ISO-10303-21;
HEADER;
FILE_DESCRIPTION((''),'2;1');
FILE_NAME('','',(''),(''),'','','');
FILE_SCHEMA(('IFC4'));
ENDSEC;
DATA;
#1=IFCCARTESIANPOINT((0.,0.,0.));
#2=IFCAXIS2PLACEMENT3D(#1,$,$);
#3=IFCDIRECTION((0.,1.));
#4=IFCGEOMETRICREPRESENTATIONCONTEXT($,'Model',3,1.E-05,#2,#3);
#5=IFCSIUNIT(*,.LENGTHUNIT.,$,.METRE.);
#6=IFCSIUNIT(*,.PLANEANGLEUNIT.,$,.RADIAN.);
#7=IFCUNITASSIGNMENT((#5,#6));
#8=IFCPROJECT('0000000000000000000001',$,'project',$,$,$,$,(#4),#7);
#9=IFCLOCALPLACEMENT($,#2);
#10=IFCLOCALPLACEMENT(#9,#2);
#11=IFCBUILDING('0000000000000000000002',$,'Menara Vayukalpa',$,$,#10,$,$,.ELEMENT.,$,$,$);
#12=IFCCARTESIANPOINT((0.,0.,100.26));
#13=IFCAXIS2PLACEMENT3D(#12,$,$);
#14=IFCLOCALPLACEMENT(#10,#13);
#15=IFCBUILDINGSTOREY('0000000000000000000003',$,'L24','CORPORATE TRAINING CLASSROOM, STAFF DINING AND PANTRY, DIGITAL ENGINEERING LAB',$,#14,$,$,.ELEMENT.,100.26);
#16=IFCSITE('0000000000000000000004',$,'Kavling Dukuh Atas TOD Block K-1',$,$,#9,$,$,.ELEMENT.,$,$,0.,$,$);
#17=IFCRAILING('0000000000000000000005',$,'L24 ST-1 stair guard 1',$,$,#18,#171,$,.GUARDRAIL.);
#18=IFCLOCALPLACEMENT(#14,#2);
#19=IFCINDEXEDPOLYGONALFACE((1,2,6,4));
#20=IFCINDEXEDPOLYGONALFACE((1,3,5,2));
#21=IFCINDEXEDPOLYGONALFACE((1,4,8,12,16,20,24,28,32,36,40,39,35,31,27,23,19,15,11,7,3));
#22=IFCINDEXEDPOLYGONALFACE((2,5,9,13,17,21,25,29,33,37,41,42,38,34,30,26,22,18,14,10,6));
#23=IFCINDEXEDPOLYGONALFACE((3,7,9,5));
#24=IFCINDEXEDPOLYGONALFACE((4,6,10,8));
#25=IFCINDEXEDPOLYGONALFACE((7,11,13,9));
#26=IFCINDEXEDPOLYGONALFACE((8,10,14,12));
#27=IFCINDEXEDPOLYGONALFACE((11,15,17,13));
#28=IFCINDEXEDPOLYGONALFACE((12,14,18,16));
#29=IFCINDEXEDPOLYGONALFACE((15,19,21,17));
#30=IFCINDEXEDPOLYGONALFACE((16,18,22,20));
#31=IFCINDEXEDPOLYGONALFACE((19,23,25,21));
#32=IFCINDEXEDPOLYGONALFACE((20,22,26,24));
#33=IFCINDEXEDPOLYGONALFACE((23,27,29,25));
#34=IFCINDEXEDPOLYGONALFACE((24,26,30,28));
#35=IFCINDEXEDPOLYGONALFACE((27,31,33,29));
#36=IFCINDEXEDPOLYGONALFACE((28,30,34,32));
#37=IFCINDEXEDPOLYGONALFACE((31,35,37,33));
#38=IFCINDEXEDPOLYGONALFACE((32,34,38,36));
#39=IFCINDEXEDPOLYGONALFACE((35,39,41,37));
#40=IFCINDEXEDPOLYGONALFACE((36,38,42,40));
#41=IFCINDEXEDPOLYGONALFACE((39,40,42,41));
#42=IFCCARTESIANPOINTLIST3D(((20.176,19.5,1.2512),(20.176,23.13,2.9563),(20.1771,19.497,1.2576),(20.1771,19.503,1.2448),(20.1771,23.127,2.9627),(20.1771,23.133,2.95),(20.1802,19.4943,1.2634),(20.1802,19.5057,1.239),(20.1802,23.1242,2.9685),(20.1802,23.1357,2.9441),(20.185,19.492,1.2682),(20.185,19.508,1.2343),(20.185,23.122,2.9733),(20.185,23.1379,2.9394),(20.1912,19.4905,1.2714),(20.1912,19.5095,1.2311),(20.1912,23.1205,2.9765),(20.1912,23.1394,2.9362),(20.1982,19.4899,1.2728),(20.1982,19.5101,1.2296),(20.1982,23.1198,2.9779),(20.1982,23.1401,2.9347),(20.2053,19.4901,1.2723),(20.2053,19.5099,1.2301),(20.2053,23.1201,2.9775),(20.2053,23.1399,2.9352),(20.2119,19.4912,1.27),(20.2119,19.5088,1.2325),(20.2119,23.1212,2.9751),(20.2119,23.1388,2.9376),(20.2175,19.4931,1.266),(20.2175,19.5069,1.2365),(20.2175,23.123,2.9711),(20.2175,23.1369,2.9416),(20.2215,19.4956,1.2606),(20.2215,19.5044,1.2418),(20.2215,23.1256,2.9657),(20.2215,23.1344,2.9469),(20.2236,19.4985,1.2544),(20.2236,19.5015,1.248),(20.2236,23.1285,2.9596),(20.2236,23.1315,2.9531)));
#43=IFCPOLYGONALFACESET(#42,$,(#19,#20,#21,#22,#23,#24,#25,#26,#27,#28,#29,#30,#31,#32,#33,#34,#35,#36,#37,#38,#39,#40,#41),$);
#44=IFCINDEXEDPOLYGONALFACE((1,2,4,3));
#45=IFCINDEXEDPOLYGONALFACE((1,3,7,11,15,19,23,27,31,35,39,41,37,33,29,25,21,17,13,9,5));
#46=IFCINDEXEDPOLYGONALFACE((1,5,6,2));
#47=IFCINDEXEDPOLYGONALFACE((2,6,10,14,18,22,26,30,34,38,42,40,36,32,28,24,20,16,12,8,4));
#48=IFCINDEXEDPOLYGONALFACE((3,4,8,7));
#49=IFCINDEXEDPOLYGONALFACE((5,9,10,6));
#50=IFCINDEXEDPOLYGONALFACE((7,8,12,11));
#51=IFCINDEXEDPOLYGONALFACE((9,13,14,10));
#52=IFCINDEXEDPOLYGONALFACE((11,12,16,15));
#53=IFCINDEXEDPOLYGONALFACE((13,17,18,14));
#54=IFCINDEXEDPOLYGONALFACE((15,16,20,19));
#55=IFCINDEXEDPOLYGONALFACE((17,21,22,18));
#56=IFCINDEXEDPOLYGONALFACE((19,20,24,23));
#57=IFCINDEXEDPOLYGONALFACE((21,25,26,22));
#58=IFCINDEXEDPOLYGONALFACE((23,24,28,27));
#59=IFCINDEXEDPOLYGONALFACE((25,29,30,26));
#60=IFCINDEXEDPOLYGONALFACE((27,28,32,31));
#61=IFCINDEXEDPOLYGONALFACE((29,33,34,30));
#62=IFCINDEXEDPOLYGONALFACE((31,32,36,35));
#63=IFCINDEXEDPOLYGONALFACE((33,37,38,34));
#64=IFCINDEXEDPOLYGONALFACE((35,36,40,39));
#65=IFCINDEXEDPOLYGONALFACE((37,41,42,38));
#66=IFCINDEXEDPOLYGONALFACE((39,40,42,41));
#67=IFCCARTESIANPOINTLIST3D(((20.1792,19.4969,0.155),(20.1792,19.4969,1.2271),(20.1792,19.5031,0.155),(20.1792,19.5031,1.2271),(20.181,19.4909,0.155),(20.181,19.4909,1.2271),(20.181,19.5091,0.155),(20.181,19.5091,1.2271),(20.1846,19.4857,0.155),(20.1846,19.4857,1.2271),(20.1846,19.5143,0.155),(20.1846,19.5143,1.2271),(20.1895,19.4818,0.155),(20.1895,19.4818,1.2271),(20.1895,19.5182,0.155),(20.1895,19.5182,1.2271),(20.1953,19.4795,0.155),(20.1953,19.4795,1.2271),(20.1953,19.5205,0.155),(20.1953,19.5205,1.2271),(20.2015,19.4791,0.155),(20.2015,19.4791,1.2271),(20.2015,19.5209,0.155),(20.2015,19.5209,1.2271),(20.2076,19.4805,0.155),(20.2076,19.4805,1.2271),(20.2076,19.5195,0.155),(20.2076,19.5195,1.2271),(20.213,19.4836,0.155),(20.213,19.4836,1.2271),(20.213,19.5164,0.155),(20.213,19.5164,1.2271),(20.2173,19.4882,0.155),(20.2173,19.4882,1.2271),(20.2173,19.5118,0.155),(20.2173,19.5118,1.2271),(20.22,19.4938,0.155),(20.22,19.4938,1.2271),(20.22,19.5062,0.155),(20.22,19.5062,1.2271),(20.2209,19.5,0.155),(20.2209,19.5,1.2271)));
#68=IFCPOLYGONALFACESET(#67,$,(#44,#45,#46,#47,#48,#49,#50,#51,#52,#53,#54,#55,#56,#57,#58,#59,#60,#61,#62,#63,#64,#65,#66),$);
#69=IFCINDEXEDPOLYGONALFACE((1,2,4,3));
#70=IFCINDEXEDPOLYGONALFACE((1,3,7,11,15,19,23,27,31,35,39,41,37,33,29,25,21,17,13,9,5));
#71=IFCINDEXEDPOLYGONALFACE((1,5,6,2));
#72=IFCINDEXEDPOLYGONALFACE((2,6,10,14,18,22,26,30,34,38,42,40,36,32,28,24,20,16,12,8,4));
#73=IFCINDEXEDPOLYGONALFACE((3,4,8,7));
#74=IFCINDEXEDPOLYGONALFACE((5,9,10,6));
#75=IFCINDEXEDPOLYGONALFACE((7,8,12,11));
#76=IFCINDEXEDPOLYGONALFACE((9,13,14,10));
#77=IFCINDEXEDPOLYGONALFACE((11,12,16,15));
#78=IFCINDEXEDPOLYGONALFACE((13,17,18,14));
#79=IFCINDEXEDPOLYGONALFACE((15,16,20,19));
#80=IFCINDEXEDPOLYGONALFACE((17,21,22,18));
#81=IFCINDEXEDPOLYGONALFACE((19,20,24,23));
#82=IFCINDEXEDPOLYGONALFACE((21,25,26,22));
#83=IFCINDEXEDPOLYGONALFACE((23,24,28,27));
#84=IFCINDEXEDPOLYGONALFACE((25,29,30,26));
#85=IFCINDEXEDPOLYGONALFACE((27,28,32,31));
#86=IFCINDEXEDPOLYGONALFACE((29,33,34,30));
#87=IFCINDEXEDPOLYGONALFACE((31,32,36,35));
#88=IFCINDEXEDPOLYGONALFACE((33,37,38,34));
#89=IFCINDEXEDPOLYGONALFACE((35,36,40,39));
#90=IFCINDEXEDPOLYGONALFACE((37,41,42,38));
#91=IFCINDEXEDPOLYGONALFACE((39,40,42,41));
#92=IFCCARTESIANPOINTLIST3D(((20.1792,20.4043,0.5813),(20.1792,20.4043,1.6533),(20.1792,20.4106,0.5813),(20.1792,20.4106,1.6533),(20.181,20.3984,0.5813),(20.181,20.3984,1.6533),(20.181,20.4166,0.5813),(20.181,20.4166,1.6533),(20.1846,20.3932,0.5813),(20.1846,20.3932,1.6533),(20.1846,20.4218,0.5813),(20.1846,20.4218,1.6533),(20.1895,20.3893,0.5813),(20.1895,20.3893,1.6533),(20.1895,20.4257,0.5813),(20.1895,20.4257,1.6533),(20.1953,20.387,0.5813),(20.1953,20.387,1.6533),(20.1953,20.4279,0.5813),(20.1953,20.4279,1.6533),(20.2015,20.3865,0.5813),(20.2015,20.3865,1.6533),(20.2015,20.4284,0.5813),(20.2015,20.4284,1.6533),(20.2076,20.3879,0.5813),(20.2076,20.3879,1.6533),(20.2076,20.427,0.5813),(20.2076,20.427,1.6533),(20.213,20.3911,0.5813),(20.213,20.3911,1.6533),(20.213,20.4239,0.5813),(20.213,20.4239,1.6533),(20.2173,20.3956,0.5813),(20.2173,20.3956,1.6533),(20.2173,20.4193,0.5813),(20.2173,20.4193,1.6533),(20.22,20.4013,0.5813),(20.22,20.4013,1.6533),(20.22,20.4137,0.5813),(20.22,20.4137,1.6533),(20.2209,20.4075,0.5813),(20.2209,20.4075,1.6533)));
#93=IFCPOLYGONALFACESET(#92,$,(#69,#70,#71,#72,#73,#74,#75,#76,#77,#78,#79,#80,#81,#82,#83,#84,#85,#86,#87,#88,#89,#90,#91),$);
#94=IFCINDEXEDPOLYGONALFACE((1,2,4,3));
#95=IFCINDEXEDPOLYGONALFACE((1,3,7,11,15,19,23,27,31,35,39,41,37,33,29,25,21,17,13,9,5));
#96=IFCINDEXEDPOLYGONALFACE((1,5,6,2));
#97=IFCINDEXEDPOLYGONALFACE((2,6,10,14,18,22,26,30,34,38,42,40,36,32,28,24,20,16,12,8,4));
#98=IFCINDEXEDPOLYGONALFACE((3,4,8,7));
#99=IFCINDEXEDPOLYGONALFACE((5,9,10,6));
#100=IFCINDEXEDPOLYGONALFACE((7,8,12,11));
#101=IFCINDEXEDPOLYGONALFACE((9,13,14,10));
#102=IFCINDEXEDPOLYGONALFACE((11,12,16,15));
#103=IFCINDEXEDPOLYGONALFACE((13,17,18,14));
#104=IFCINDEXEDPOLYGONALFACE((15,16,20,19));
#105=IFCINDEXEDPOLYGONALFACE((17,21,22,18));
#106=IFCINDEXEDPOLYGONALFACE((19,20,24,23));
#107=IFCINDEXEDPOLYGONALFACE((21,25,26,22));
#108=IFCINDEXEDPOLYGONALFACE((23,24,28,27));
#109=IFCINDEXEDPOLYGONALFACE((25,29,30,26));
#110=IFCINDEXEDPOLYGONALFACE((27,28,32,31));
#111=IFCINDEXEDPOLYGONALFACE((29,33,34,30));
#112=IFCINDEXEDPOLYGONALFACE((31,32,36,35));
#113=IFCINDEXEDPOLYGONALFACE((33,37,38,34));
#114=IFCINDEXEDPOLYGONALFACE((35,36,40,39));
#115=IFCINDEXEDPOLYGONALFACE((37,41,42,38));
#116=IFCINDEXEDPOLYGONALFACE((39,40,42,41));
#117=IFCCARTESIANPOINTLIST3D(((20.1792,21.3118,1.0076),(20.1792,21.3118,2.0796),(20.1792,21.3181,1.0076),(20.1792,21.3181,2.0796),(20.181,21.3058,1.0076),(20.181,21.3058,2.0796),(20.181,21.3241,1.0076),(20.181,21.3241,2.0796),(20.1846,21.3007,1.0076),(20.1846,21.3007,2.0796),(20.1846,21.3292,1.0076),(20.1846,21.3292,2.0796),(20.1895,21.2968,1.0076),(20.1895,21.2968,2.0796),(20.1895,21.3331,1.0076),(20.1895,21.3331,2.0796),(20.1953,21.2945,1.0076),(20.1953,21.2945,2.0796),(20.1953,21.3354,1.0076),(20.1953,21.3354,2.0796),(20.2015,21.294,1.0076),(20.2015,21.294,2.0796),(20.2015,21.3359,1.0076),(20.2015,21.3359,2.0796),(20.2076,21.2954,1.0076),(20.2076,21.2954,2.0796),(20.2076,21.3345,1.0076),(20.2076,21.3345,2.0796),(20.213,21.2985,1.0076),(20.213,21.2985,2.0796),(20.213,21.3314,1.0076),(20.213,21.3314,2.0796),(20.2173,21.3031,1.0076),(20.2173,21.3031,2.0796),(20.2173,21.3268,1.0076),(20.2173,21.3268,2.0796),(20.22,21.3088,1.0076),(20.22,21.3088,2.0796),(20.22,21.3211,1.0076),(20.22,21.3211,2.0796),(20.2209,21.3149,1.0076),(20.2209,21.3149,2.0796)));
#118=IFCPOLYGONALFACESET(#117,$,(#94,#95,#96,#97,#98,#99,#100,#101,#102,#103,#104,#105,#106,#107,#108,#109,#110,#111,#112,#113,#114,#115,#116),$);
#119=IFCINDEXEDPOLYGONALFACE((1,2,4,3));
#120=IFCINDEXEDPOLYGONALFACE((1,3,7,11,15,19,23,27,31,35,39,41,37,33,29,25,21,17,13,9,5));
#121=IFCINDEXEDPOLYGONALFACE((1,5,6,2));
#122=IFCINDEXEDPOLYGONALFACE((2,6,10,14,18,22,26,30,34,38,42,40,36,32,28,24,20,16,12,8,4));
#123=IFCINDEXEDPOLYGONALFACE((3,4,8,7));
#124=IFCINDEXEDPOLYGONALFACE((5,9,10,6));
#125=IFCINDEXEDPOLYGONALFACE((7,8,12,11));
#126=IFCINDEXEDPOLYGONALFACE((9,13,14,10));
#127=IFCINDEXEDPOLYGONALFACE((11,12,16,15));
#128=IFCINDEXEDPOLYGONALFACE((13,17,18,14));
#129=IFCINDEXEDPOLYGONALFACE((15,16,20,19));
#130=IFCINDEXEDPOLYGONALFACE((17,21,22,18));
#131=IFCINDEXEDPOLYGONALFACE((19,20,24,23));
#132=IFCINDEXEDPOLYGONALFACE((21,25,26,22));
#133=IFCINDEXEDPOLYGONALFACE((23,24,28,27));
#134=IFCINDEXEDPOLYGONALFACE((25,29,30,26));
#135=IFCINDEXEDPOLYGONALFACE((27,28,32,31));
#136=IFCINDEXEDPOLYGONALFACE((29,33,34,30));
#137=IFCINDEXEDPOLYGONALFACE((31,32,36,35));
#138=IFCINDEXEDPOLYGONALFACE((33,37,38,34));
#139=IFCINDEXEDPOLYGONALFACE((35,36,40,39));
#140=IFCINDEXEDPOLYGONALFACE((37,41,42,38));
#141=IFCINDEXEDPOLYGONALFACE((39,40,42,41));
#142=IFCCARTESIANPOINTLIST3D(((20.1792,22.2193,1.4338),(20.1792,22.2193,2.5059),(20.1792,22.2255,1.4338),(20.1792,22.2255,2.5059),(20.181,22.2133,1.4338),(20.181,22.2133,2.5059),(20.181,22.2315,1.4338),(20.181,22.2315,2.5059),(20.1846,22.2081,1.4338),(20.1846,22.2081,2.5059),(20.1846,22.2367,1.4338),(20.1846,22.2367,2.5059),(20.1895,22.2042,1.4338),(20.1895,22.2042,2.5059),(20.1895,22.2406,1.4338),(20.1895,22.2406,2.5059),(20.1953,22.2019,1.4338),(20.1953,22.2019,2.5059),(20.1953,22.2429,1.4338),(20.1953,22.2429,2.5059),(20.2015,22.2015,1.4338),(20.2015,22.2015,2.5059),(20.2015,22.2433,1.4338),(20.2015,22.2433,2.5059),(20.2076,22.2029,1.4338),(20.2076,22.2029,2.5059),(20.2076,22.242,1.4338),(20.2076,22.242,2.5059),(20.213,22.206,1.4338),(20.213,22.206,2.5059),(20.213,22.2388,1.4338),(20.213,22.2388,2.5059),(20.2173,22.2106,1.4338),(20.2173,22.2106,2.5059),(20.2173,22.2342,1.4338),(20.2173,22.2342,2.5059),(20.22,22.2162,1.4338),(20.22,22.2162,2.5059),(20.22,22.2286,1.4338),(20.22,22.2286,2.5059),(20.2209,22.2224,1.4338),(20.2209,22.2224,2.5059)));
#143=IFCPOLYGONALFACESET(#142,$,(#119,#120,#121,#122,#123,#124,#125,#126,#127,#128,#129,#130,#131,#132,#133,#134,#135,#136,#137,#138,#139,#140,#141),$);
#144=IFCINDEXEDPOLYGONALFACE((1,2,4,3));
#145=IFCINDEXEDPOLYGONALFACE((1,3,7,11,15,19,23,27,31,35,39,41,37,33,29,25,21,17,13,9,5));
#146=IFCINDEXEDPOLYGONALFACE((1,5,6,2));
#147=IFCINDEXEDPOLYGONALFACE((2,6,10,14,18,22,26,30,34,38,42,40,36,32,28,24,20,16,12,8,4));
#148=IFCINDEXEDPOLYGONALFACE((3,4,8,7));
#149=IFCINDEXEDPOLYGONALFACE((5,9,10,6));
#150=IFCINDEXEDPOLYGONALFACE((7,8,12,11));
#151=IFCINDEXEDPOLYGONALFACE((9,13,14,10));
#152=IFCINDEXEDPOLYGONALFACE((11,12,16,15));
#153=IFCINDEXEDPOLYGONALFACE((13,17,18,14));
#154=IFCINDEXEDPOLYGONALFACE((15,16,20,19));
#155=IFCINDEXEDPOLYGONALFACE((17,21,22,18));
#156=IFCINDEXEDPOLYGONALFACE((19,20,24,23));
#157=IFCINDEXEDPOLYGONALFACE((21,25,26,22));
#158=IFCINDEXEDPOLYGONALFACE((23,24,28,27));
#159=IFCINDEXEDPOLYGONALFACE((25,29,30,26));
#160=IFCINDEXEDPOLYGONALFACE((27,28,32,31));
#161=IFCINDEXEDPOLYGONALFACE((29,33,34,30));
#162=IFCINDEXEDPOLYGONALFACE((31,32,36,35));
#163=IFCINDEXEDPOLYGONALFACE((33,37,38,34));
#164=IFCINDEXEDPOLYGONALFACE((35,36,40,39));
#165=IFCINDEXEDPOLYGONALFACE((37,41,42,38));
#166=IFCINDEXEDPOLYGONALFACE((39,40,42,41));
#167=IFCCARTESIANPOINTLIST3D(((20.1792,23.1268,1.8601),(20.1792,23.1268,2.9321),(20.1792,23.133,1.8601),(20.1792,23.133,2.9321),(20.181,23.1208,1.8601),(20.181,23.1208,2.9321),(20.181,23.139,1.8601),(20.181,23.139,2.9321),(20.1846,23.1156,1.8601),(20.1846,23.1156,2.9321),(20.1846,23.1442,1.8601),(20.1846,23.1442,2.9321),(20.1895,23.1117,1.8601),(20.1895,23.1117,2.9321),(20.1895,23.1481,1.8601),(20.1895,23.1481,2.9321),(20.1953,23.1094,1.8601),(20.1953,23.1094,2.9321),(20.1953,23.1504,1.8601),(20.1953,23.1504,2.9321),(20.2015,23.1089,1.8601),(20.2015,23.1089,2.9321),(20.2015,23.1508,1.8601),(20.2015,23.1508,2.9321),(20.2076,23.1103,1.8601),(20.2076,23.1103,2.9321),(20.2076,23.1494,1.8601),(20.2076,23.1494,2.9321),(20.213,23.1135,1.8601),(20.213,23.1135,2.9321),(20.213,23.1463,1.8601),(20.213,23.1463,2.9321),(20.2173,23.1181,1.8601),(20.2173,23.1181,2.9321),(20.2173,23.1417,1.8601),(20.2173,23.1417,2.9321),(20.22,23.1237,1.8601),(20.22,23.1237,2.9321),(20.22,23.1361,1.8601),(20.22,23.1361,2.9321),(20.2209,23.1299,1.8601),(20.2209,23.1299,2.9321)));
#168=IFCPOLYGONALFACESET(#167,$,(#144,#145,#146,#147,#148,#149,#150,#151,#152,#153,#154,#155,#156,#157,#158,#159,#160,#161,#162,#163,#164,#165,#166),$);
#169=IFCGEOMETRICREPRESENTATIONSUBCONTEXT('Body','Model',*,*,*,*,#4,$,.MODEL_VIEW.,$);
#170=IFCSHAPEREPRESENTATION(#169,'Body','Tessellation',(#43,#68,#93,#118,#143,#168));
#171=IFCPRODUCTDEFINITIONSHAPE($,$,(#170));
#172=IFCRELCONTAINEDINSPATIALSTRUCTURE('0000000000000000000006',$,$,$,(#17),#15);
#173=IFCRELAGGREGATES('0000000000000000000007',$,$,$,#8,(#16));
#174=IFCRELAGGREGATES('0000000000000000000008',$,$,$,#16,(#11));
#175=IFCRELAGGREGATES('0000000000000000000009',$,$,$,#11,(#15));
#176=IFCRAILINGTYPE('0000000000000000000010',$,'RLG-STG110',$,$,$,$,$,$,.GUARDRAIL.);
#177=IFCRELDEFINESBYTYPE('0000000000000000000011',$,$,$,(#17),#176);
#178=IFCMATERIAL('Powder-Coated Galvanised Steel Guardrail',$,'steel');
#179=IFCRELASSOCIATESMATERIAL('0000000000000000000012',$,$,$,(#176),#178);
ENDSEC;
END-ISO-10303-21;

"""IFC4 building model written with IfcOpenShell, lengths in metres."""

from ifc_helpers import new_model, si_unit, direction, frame, origin, origin_2d, place, context, subcontext, project, spatial, circle, extrude, material, type_object, element, save


model = new_model("IFC4")

# Units and contexts
model_context = context("Model", 3, precision=1e-05, world=origin(), true_north=direction((0.0, 1.0)))
body_context = subcontext(model_context, "Body", "Model", "MODEL_VIEW")
ifc_project = project(units=[si_unit("LENGTHUNIT", "METRE"), si_unit("PLANEANGLEUNIT", "RADIAN")], contexts=[model_context])

# Site, building, storey
site_placement = place(None, origin())
site = spatial("IfcSite", under=ifc_project, at=site_placement, Name="Kavling Dukuh Atas TOD Block K-1", CompositionType="ELEMENT", RefElevation=0.0)
building_placement = place(site_placement, origin())
building = spatial("IfcBuilding", under=site, at=building_placement, Name="Menara Vayukalpa", CompositionType="ELEMENT")
storey_placement = place(building_placement, frame((0.0, 0.0, 100.26)))
storey = spatial("IfcBuildingStorey", under=building, at=storey_placement, Name="L24", Description="CORPORATE TRAINING CLASSROOM, STAFF DINING AND PANTRY, DIGITAL ENGINEERING LAB", CompositionType="ELEMENT", Elevation=100.26)

# Railing
ifc_material_1 = material(Name="Powder-Coated Galvanised Steel Guardrail", Category="steel")
railing_type_1 = type_object("IfcRailingType", Name="RLG-STG110", PredefinedType="GUARDRAIL", material=ifc_material_1)
railing_1_placement = place(storey_placement, frame((20.2, 19.5, 0.155)))
element("IfcRailing", 1, at=railing_1_placement, inside=storey, type_object=railing_type_1, Name="L24 ST-1 stair guard 1", PredefinedType="GUARDRAIL", context=body_context, shape_type="SweptSolid", body=[
    extrude(circle(Radius=0.0239, at=origin_2d()), frame((0.0, 0.0, 1.0962), z_axis=(0.0, 0.905116, 0.425164), x_axis=(-1.0, 0.0, 0.0)), (0.0, 0.0, 1.0), 4.0105),
    extrude(circle(Radius=0.021, at=origin_2d()), origin(), (0.0, 0.0, 1.0), 1.072),
    extrude(circle(Radius=0.021, at=origin_2d()), frame((0.0, 0.9075, 0.4263)), (0.0, 0.0, 1.0), 1.072),
    extrude(circle(Radius=0.021, at=origin_2d()), frame((0.0, 1.8149, 0.8525)), (0.0, 0.0, 1.0), 1.072),
    extrude(circle(Radius=0.021, at=origin_2d()), frame((0.0, 2.7224, 1.2788)), (0.0, 0.0, 1.0), 1.072),
    extrude(circle(Radius=0.021, at=origin_2d()), frame((0.0, 3.6299, 1.7051)), (0.0, 0.0, 1.0), 1.072),
])

save(model, "model.ifc")
